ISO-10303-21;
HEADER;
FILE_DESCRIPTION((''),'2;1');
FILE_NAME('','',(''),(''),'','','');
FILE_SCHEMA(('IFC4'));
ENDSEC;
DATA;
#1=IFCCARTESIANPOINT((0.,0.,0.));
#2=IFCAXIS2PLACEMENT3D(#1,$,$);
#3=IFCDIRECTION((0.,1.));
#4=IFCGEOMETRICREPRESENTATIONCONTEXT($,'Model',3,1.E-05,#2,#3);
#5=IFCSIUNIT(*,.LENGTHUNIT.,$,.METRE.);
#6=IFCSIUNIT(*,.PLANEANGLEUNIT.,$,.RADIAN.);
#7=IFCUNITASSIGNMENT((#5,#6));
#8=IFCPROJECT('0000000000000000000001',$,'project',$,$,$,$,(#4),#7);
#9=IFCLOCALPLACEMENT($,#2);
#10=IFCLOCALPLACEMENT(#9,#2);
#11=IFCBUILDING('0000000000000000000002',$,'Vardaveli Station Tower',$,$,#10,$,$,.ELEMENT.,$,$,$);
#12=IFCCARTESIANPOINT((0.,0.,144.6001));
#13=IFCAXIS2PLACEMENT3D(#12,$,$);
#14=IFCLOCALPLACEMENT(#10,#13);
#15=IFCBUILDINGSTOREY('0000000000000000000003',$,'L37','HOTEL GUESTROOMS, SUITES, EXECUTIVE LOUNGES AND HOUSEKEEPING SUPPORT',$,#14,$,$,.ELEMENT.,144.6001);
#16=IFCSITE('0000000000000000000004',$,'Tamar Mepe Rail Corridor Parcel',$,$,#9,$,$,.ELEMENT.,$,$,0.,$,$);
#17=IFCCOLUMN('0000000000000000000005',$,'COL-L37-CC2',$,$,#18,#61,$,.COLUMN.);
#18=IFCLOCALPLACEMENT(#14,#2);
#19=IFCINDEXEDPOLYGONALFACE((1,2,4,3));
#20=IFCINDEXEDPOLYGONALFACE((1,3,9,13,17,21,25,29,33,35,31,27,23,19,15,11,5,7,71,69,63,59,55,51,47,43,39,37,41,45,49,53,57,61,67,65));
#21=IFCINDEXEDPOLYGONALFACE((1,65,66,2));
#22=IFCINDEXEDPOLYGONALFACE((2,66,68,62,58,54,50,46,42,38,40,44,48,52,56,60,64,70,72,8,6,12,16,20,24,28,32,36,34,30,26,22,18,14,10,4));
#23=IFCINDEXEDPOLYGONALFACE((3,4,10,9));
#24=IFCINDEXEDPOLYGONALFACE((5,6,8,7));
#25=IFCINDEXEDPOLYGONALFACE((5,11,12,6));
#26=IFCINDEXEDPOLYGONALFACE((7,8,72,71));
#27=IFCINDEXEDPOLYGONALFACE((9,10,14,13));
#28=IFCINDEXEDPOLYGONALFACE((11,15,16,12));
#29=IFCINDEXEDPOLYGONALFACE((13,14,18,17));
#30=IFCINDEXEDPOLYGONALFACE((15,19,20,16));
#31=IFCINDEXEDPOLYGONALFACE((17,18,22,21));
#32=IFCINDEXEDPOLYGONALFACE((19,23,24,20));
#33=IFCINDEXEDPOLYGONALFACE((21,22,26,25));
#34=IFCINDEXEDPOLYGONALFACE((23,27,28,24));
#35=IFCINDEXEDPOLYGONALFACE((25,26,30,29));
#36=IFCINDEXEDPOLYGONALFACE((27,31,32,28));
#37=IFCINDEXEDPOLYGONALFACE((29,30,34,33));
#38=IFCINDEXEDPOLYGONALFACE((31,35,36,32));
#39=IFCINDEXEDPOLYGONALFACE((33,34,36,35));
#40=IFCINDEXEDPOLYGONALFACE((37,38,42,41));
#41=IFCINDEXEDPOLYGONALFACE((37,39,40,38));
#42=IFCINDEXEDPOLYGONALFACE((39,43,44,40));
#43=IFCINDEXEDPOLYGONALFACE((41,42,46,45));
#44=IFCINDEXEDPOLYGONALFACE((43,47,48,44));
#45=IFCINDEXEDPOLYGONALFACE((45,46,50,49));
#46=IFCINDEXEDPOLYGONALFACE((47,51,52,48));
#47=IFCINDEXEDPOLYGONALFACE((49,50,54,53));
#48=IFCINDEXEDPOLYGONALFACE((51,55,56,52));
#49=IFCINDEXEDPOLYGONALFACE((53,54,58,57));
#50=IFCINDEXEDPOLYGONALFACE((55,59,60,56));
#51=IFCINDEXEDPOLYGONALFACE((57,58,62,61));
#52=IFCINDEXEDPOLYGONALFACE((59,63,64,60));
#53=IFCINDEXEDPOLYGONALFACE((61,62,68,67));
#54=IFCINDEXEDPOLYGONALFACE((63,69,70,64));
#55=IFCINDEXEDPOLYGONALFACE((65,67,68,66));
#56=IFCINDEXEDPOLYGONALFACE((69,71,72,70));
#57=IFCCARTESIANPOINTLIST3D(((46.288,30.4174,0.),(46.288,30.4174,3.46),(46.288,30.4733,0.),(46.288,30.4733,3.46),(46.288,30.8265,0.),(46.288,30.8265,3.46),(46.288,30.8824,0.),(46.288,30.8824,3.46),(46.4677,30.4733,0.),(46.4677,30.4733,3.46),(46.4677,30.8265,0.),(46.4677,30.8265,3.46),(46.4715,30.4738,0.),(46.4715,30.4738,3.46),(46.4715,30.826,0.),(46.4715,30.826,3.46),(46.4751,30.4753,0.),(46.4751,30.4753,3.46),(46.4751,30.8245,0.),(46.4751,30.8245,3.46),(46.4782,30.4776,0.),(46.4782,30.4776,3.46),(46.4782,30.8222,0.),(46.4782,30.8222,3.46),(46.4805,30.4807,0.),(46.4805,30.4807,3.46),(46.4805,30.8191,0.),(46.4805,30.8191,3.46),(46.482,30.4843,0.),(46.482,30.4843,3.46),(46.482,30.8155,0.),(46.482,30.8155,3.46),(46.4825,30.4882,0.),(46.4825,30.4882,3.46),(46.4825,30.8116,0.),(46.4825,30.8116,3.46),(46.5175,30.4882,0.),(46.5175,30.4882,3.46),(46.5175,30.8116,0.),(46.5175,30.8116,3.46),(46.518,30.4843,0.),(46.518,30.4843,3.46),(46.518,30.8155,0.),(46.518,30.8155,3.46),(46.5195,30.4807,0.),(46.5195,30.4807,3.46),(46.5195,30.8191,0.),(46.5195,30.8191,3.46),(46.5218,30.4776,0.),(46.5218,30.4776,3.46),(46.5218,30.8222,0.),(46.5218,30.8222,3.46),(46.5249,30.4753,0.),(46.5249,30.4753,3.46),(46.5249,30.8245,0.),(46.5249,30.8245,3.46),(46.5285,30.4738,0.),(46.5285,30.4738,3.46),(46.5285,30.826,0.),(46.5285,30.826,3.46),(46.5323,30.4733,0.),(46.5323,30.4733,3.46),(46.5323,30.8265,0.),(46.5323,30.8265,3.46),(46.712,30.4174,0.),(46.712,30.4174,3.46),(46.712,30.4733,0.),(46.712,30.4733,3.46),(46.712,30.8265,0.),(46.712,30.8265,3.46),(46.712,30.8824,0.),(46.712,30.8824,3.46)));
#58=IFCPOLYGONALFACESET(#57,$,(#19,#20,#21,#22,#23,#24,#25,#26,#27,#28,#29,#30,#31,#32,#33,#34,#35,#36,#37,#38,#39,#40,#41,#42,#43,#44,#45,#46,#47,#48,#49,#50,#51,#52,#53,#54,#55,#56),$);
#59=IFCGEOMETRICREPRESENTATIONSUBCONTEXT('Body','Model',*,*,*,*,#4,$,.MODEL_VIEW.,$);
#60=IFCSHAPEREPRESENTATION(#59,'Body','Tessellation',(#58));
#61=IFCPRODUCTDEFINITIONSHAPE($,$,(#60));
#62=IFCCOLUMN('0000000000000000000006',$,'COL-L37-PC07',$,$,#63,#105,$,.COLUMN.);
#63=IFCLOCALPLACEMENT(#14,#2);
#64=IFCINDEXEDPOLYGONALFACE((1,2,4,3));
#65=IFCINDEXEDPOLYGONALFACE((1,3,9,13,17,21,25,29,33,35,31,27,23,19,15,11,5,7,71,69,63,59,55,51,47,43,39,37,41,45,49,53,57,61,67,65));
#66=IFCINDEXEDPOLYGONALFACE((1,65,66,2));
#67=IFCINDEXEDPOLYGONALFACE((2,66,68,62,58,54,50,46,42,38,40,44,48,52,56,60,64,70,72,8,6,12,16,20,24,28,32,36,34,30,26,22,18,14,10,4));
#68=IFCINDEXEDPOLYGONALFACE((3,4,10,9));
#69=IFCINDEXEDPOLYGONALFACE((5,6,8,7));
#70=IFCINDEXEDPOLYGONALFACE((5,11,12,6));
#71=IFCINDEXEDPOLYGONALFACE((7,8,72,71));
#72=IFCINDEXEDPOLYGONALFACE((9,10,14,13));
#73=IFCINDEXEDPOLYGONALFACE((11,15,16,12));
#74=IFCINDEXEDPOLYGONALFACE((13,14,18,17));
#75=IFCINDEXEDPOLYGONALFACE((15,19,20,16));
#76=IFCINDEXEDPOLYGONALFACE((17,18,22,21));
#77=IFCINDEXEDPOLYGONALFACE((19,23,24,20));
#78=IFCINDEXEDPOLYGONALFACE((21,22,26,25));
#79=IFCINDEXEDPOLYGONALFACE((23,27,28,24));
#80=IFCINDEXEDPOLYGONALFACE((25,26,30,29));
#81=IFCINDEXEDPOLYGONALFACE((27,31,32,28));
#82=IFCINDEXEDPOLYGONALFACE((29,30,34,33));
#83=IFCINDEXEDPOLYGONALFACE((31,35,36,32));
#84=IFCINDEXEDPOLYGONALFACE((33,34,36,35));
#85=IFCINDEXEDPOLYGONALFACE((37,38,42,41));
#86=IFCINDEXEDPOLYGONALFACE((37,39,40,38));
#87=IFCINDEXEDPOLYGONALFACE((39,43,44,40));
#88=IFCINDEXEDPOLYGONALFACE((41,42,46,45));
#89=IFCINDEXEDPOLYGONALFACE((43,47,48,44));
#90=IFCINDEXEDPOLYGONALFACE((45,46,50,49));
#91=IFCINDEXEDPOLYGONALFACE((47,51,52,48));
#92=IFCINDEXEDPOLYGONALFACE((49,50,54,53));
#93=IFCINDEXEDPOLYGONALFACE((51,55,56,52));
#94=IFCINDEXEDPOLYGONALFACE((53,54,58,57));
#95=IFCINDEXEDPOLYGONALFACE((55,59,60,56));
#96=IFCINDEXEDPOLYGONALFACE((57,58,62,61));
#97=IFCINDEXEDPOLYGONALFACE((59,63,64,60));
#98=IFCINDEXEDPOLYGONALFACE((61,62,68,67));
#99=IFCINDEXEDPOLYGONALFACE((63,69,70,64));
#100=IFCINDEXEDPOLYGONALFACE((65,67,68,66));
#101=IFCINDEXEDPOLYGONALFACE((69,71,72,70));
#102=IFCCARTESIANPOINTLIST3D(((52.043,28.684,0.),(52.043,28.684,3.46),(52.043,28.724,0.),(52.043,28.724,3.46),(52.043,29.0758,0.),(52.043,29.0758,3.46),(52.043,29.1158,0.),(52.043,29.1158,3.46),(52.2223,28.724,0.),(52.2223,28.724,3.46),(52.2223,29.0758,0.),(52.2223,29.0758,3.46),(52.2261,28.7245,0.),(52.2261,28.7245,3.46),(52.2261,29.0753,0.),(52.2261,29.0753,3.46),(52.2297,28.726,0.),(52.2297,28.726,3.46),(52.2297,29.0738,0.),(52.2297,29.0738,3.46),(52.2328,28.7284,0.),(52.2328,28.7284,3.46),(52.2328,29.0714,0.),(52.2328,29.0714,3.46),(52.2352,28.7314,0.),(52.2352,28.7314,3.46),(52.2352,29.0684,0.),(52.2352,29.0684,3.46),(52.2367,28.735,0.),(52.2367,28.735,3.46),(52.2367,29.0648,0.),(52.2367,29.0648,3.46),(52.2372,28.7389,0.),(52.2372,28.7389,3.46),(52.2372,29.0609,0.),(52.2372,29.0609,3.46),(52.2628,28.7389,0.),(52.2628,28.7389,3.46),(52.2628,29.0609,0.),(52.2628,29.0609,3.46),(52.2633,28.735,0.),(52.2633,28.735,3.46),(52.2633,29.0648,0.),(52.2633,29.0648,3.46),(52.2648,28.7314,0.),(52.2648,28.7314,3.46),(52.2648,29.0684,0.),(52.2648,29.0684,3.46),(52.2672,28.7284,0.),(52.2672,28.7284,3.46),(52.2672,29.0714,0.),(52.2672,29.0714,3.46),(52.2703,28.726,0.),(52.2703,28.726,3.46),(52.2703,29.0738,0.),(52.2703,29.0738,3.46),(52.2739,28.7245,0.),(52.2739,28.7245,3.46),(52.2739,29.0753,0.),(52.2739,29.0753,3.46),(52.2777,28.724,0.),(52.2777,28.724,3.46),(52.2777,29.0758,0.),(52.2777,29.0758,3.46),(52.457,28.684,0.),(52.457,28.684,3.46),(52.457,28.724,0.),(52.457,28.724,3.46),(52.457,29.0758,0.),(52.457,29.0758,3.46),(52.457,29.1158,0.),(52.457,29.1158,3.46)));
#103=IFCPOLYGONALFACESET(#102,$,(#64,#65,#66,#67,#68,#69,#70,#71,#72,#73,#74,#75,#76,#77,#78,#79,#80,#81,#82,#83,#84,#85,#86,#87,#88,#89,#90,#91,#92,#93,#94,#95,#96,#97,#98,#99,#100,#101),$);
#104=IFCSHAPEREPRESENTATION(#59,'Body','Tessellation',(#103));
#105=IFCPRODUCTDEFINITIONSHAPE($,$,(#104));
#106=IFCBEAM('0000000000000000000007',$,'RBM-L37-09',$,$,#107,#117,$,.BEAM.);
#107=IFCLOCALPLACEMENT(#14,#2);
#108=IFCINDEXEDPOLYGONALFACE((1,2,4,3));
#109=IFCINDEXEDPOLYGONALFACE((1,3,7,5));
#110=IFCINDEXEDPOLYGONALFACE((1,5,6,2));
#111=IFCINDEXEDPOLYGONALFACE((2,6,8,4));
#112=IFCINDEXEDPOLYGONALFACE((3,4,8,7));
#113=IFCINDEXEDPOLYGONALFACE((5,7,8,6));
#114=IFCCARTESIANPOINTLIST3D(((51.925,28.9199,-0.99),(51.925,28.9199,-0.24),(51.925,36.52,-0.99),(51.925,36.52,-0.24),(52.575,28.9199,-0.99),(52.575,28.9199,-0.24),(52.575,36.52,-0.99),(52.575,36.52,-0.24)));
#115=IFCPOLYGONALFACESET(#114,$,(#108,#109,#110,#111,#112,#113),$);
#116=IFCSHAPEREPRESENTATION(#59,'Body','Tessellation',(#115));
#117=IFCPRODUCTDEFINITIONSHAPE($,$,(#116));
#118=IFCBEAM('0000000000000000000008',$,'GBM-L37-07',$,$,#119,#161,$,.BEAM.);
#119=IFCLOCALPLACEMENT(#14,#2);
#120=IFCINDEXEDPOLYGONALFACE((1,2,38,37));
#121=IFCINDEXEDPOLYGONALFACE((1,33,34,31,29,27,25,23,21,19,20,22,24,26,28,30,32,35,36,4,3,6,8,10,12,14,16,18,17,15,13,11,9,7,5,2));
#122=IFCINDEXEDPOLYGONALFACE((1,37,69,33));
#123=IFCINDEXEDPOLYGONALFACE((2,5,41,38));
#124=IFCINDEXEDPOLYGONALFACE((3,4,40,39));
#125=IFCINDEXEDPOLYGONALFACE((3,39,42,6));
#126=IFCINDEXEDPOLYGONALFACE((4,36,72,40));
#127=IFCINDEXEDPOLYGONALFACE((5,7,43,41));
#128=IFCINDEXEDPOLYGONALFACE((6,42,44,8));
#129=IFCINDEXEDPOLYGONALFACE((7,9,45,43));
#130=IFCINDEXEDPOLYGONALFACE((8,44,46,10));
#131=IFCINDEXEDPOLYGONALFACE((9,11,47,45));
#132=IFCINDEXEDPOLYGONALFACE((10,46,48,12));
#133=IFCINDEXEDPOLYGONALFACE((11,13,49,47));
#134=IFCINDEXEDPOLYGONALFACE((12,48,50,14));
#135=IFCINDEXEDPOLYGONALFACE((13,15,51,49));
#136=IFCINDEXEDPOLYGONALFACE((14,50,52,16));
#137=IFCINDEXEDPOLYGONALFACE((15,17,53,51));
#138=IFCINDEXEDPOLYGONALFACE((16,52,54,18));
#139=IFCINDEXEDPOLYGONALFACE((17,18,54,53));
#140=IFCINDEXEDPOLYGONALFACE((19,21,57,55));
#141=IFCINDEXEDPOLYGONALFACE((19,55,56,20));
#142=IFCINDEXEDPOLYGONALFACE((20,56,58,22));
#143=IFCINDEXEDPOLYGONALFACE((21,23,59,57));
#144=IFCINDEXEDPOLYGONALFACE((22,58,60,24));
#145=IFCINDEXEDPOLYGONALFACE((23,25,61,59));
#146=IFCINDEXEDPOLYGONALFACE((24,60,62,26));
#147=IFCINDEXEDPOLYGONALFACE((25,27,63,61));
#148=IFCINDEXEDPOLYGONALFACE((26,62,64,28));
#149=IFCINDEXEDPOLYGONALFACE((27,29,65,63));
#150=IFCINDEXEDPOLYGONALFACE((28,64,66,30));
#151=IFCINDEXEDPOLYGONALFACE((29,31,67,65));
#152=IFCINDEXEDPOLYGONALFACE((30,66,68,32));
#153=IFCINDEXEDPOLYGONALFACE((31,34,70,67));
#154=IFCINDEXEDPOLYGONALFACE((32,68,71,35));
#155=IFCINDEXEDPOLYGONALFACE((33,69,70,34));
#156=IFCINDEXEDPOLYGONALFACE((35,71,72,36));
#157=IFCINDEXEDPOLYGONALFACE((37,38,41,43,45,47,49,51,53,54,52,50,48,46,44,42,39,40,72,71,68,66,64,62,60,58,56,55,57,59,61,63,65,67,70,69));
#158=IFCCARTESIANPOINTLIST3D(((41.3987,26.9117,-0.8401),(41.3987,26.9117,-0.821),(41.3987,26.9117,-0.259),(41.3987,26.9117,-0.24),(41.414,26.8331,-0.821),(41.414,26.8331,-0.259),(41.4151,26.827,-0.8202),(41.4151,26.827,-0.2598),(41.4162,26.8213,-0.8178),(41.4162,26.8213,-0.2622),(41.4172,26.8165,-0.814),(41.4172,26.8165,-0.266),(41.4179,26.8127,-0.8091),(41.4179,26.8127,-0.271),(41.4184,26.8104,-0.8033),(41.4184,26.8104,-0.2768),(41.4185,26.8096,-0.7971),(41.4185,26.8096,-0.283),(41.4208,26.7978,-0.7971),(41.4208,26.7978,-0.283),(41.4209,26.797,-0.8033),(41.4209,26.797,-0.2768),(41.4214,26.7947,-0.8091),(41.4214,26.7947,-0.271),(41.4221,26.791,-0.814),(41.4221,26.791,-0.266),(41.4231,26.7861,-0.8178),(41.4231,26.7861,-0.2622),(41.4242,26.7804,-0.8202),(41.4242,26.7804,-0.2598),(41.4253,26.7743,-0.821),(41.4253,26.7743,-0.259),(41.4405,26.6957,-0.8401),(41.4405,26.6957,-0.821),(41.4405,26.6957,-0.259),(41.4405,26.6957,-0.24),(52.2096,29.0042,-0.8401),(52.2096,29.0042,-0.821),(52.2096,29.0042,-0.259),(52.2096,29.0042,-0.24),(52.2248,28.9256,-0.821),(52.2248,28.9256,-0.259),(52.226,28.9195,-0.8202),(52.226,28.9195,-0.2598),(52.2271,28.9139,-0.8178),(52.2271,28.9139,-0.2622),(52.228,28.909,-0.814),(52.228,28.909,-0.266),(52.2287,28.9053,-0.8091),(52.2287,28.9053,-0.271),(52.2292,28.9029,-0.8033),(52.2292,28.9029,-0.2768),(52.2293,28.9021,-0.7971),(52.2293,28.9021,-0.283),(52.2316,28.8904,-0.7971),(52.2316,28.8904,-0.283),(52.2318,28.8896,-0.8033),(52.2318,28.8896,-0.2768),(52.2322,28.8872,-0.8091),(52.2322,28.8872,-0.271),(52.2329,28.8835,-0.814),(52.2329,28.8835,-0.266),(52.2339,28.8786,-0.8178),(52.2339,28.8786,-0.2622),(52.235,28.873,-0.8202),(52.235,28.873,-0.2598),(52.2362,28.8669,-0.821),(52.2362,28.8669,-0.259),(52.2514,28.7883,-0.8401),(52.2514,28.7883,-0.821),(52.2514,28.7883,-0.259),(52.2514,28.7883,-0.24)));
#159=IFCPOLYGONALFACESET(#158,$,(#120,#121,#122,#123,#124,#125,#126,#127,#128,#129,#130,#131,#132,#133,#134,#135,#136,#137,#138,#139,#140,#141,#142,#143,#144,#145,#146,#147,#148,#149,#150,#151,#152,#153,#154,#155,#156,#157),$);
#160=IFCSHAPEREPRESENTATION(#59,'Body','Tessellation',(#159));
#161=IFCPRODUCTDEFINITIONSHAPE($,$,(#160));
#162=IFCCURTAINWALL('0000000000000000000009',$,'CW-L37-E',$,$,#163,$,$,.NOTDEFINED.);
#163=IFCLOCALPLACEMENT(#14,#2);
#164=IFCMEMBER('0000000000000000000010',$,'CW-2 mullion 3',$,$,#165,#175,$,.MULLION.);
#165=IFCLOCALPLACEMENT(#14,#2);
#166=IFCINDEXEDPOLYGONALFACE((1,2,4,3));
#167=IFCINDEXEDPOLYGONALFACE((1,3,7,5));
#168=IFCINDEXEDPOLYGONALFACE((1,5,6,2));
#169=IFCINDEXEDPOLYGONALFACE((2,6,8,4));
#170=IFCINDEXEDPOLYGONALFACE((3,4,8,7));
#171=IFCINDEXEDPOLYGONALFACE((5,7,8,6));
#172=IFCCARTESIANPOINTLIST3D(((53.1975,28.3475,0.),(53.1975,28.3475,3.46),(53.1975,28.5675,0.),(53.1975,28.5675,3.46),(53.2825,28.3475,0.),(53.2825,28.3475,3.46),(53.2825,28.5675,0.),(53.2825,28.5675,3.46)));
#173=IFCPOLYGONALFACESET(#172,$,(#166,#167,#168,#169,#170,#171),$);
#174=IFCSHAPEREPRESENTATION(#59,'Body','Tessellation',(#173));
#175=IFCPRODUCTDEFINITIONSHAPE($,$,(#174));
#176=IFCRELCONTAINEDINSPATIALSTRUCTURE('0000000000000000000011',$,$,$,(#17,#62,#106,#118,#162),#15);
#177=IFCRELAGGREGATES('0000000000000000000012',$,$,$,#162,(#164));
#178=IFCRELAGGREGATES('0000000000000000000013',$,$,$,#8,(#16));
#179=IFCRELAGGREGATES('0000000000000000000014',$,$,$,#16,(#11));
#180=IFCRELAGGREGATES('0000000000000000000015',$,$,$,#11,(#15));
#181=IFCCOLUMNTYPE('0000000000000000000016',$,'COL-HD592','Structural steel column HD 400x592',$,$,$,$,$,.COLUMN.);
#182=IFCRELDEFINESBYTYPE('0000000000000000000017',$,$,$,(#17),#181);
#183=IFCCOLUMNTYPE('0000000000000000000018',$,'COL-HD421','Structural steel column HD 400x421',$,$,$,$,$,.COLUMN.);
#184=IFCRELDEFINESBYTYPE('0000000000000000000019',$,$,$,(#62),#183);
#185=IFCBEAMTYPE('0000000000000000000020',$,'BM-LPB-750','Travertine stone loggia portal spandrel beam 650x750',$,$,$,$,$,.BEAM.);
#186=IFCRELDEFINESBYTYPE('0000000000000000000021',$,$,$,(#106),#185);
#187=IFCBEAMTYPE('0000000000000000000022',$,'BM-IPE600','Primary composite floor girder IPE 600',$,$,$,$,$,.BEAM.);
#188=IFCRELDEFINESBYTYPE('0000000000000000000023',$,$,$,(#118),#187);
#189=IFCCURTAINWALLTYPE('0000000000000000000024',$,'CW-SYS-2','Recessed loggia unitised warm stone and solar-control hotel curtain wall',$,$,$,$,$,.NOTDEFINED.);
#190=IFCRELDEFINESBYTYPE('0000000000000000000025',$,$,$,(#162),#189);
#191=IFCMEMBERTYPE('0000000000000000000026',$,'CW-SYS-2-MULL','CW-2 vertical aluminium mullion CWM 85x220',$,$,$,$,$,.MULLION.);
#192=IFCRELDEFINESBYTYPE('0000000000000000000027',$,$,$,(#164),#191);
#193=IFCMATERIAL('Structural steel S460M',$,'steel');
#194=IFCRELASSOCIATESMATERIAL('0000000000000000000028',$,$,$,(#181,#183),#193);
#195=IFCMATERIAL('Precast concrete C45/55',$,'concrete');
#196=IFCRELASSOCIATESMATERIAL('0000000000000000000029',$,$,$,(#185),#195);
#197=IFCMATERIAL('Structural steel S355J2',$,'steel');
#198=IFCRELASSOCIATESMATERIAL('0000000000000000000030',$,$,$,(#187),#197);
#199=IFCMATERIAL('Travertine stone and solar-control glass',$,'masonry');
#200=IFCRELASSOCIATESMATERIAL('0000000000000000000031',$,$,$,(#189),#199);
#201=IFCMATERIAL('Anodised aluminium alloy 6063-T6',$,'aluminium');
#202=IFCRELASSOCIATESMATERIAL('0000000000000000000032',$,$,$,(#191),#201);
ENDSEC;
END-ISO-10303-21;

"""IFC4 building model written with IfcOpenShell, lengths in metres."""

from ifc_helpers import new_model, si_unit, direction, frame, origin, origin_2d, place, context, subcontext, project, spatial, rectangle, i_section, extrude, source, transform, mapped, material, material_profile, profile_set, type_object, element, aggregate, save


model = new_model("IFC4")

# Units and contexts
model_context = context("Model", 3, precision=1e-05, world=origin(), true_north=direction((0.0, 1.0)))
body_context = subcontext(model_context, "Body", "Model", "MODEL_VIEW")
ifc_project = project(units=[si_unit("LENGTHUNIT", "METRE"), si_unit("PLANEANGLEUNIT", "RADIAN")], contexts=[model_context])

# Site, building, storey
site_placement = place(None, origin())
site = spatial("IfcSite", under=ifc_project, at=site_placement, Name="Tamar Mepe Rail Corridor Parcel", CompositionType="ELEMENT", RefElevation=0.0)
building_placement = place(site_placement, origin())
building = spatial("IfcBuilding", under=site, at=building_placement, Name="Vardaveli Station Tower", CompositionType="ELEMENT")
storey_placement = place(building_placement, frame((0.0, 0.0, 144.6001)))
storey = spatial("IfcBuildingStorey", under=building, at=storey_placement, Name="L37", Description="HOTEL GUESTROOMS, SUITES, EXECUTIVE LOUNGES AND HOUSEKEEPING SUPPORT", CompositionType="ELEMENT", Elevation=144.6001)

# Columns
ifc_material_1 = material(Name="Structural steel S460M", Category="steel")
ifc_material_profile_1 = material_profile(ifc_material_1, i_section(OverallWidth=0.4241, OverallDepth=0.4651, WebThickness=0.0349, FlangeThickness=0.0559, FilletRadius=0.0149, at=origin_2d()), Name="HD 400x592")
ifc_profile_set_1 = profile_set([ifc_material_profile_1], Name="Structural steel S460M")
column_type_1 = type_object("IfcColumnType", Name="COL-HD592", Description="Structural steel column HD 400x592", PredefinedType="COLUMN", material=ifc_profile_set_1)
shared_shape_1 = source(origin(), body_context, "Body", "SweptSolid", [
    extrude(i_section(OverallWidth=0.4241, OverallDepth=0.4651, WebThickness=0.0349, FlangeThickness=0.0559, FilletRadius=0.0149, at=origin_2d()), origin(), (0.0, 0.0, 1.0), 3.46),
])
column_1_placement = place(storey_placement, frame((46.5, 30.6499, 0.0), z_axis=(0.0, 0.0, 1.0), x_axis=(1.0, 0.0, 0.0)))
element("IfcColumn", 1, at=column_1_placement, inside=storey, type_object=column_type_1, Name="COL-L37-CC2", PredefinedType="COLUMN", context=body_context, shape_type="MappedRepresentation", body=[
    mapped(shared_shape_1, transform((0.0, 0.0, 0.0), scale=1.0)),
])
ifc_material_profile_2 = material_profile(ifc_material_1, i_section(OverallWidth=0.4141, OverallDepth=0.4319, WebThickness=0.0256, FlangeThickness=0.04, FilletRadius=0.0149, at=origin_2d()), Name="HD 400x421")
ifc_profile_set_2 = profile_set([ifc_material_profile_2], Name="Structural steel S460M")
column_type_2 = type_object("IfcColumnType", Name="COL-HD421", Description="Structural steel column HD 400x421", PredefinedType="COLUMN", material=ifc_profile_set_2)
shared_shape_2 = source(origin(), body_context, "Body", "SweptSolid", [
    extrude(i_section(OverallWidth=0.4141, OverallDepth=0.4319, WebThickness=0.0256, FlangeThickness=0.04, FilletRadius=0.0149, at=origin_2d()), origin(), (0.0, 0.0, 1.0), 3.46),
])
column_2_placement = place(storey_placement, frame((52.25, 28.8999, 0.0), z_axis=(0.0, 0.0, 1.0), x_axis=(1.0, 0.0, 0.0)))
element("IfcColumn", 2, at=column_2_placement, inside=storey, type_object=column_type_2, Name="COL-L37-PC07", PredefinedType="COLUMN", context=body_context, shape_type="MappedRepresentation", body=[
    mapped(shared_shape_2, transform((0.0, 0.0, 0.0), scale=1.0)),
])

# Beams
ifc_material_2 = material(Name="Precast concrete C45/55", Category="concrete")
ifc_material_profile_3 = material_profile(ifc_material_2, rectangle(XDim=0.6499, YDim=0.75, at=origin_2d()), Name="LPB 650x750")
ifc_profile_set_3 = profile_set([ifc_material_profile_3], Name="Precast concrete C45/55")
beam_type_1 = type_object("IfcBeamType", Name="BM-LPB-750", Description="Travertine stone loggia portal spandrel beam 650x750", PredefinedType="BEAM", material=ifc_profile_set_3)
shared_shape_3 = source(origin(), body_context, "Body", "SweptSolid", [
    extrude(rectangle(XDim=0.6499, YDim=0.75, at=origin_2d()), origin(), (0.0, 0.0, 1.0), 7.6001),
])
beam_1_placement = place(storey_placement, frame((52.25, 28.9199, -0.615), z_axis=(0.0, 1.0, 0.0), x_axis=(-1.0, 0.0, 0.0)))
element("IfcBeam", 3, at=beam_1_placement, inside=storey, type_object=beam_type_1, Name="RBM-L37-09", PredefinedType="BEAM", context=body_context, shape_type="MappedRepresentation", body=[
    mapped(shared_shape_3, transform((0.0, 0.0, 0.0), scale=1.0)),
])
ifc_material_3 = material(Name="Structural steel S355J2", Category="steel")
ifc_material_profile_4 = material_profile(ifc_material_3, i_section(OverallWidth=0.22, OverallDepth=0.6001, WebThickness=0.012, FlangeThickness=0.019, FilletRadius=0.0239, at=origin_2d()), Name="IPE 600")
ifc_profile_set_4 = profile_set([ifc_material_profile_4], Name="Structural steel S355J2")
beam_type_2 = type_object("IfcBeamType", Name="BM-IPE600", Description="Primary composite floor girder IPE 600", PredefinedType="BEAM", material=ifc_profile_set_4)
shared_shape_4 = source(origin(), body_context, "Body", "SweptSolid", [
    extrude(i_section(OverallWidth=0.22, OverallDepth=0.6001, WebThickness=0.012, FlangeThickness=0.019, FilletRadius=0.0239, at=origin_2d()), origin(), (0.0, 0.0, 1.0), 11.0115),
])
beam_2_placement = place(storey_placement, frame((52.2305, 28.8962, -0.54), z_axis=(-0.981778, -0.190032, 0.0), x_axis=(0.190032, -0.981778, 0.0)))
element("IfcBeam", 4, at=beam_2_placement, inside=storey, type_object=beam_type_2, Name="GBM-L37-07", PredefinedType="BEAM", context=body_context, shape_type="MappedRepresentation", body=[
    mapped(shared_shape_4, transform((0.0, 0.0, 0.0), scale=1.0)),
])

# Curtain wall, member
ifc_material_4 = material(Name="Travertine stone and solar-control glass", Category="masonry")
curtain_wall_type = type_object("IfcCurtainWallType", Name="CW-SYS-2", Description="Recessed loggia unitised warm stone and solar-control hotel curtain wall", PredefinedType="NOTDEFINED", material=ifc_material_4)
curtain_wall_placement = place(storey_placement, origin())
curtain_wall = element("IfcCurtainWall", 5, at=curtain_wall_placement, inside=storey, type_object=curtain_wall_type, Name="CW-L37-E", PredefinedType="NOTDEFINED")
ifc_material_5 = material(Name="Anodised aluminium alloy 6063-T6", Category="aluminium")
ifc_material_profile_5 = material_profile(ifc_material_5, rectangle(XDim=0.085, YDim=0.22, at=origin_2d()), Name="CWM 85x220")
ifc_profile_set_5 = profile_set([ifc_material_profile_5], Name="Anodised aluminium alloy 6063-T6")
member_type = type_object("IfcMemberType", Name="CW-SYS-2-MULL", Description="CW-2 vertical aluminium mullion CWM 85x220", PredefinedType="MULLION", material=ifc_profile_set_5)
shared_shape_5 = source(origin(), body_context, "Body", "SweptSolid", [
    extrude(rectangle(XDim=0.085, YDim=0.22, at=origin_2d()), origin(), (0.0, 0.0, 1.0), 3.46),
])
member_placement = place(storey_placement, frame((53.24, 28.4575, 0.0), z_axis=(0.0, 0.0, 1.0), x_axis=(-1.0, 0.0, 0.0)))
member = element("IfcMember", 6, at=member_placement, type_object=member_type, Name="CW-2 mullion 3", PredefinedType="MULLION", context=body_context, shape_type="MappedRepresentation", body=[
    mapped(shared_shape_5, transform((0.0, 0.0, 0.0), scale=1.0)),
])
aggregate(curtain_wall, [member])

save(model, "model.ifc")
